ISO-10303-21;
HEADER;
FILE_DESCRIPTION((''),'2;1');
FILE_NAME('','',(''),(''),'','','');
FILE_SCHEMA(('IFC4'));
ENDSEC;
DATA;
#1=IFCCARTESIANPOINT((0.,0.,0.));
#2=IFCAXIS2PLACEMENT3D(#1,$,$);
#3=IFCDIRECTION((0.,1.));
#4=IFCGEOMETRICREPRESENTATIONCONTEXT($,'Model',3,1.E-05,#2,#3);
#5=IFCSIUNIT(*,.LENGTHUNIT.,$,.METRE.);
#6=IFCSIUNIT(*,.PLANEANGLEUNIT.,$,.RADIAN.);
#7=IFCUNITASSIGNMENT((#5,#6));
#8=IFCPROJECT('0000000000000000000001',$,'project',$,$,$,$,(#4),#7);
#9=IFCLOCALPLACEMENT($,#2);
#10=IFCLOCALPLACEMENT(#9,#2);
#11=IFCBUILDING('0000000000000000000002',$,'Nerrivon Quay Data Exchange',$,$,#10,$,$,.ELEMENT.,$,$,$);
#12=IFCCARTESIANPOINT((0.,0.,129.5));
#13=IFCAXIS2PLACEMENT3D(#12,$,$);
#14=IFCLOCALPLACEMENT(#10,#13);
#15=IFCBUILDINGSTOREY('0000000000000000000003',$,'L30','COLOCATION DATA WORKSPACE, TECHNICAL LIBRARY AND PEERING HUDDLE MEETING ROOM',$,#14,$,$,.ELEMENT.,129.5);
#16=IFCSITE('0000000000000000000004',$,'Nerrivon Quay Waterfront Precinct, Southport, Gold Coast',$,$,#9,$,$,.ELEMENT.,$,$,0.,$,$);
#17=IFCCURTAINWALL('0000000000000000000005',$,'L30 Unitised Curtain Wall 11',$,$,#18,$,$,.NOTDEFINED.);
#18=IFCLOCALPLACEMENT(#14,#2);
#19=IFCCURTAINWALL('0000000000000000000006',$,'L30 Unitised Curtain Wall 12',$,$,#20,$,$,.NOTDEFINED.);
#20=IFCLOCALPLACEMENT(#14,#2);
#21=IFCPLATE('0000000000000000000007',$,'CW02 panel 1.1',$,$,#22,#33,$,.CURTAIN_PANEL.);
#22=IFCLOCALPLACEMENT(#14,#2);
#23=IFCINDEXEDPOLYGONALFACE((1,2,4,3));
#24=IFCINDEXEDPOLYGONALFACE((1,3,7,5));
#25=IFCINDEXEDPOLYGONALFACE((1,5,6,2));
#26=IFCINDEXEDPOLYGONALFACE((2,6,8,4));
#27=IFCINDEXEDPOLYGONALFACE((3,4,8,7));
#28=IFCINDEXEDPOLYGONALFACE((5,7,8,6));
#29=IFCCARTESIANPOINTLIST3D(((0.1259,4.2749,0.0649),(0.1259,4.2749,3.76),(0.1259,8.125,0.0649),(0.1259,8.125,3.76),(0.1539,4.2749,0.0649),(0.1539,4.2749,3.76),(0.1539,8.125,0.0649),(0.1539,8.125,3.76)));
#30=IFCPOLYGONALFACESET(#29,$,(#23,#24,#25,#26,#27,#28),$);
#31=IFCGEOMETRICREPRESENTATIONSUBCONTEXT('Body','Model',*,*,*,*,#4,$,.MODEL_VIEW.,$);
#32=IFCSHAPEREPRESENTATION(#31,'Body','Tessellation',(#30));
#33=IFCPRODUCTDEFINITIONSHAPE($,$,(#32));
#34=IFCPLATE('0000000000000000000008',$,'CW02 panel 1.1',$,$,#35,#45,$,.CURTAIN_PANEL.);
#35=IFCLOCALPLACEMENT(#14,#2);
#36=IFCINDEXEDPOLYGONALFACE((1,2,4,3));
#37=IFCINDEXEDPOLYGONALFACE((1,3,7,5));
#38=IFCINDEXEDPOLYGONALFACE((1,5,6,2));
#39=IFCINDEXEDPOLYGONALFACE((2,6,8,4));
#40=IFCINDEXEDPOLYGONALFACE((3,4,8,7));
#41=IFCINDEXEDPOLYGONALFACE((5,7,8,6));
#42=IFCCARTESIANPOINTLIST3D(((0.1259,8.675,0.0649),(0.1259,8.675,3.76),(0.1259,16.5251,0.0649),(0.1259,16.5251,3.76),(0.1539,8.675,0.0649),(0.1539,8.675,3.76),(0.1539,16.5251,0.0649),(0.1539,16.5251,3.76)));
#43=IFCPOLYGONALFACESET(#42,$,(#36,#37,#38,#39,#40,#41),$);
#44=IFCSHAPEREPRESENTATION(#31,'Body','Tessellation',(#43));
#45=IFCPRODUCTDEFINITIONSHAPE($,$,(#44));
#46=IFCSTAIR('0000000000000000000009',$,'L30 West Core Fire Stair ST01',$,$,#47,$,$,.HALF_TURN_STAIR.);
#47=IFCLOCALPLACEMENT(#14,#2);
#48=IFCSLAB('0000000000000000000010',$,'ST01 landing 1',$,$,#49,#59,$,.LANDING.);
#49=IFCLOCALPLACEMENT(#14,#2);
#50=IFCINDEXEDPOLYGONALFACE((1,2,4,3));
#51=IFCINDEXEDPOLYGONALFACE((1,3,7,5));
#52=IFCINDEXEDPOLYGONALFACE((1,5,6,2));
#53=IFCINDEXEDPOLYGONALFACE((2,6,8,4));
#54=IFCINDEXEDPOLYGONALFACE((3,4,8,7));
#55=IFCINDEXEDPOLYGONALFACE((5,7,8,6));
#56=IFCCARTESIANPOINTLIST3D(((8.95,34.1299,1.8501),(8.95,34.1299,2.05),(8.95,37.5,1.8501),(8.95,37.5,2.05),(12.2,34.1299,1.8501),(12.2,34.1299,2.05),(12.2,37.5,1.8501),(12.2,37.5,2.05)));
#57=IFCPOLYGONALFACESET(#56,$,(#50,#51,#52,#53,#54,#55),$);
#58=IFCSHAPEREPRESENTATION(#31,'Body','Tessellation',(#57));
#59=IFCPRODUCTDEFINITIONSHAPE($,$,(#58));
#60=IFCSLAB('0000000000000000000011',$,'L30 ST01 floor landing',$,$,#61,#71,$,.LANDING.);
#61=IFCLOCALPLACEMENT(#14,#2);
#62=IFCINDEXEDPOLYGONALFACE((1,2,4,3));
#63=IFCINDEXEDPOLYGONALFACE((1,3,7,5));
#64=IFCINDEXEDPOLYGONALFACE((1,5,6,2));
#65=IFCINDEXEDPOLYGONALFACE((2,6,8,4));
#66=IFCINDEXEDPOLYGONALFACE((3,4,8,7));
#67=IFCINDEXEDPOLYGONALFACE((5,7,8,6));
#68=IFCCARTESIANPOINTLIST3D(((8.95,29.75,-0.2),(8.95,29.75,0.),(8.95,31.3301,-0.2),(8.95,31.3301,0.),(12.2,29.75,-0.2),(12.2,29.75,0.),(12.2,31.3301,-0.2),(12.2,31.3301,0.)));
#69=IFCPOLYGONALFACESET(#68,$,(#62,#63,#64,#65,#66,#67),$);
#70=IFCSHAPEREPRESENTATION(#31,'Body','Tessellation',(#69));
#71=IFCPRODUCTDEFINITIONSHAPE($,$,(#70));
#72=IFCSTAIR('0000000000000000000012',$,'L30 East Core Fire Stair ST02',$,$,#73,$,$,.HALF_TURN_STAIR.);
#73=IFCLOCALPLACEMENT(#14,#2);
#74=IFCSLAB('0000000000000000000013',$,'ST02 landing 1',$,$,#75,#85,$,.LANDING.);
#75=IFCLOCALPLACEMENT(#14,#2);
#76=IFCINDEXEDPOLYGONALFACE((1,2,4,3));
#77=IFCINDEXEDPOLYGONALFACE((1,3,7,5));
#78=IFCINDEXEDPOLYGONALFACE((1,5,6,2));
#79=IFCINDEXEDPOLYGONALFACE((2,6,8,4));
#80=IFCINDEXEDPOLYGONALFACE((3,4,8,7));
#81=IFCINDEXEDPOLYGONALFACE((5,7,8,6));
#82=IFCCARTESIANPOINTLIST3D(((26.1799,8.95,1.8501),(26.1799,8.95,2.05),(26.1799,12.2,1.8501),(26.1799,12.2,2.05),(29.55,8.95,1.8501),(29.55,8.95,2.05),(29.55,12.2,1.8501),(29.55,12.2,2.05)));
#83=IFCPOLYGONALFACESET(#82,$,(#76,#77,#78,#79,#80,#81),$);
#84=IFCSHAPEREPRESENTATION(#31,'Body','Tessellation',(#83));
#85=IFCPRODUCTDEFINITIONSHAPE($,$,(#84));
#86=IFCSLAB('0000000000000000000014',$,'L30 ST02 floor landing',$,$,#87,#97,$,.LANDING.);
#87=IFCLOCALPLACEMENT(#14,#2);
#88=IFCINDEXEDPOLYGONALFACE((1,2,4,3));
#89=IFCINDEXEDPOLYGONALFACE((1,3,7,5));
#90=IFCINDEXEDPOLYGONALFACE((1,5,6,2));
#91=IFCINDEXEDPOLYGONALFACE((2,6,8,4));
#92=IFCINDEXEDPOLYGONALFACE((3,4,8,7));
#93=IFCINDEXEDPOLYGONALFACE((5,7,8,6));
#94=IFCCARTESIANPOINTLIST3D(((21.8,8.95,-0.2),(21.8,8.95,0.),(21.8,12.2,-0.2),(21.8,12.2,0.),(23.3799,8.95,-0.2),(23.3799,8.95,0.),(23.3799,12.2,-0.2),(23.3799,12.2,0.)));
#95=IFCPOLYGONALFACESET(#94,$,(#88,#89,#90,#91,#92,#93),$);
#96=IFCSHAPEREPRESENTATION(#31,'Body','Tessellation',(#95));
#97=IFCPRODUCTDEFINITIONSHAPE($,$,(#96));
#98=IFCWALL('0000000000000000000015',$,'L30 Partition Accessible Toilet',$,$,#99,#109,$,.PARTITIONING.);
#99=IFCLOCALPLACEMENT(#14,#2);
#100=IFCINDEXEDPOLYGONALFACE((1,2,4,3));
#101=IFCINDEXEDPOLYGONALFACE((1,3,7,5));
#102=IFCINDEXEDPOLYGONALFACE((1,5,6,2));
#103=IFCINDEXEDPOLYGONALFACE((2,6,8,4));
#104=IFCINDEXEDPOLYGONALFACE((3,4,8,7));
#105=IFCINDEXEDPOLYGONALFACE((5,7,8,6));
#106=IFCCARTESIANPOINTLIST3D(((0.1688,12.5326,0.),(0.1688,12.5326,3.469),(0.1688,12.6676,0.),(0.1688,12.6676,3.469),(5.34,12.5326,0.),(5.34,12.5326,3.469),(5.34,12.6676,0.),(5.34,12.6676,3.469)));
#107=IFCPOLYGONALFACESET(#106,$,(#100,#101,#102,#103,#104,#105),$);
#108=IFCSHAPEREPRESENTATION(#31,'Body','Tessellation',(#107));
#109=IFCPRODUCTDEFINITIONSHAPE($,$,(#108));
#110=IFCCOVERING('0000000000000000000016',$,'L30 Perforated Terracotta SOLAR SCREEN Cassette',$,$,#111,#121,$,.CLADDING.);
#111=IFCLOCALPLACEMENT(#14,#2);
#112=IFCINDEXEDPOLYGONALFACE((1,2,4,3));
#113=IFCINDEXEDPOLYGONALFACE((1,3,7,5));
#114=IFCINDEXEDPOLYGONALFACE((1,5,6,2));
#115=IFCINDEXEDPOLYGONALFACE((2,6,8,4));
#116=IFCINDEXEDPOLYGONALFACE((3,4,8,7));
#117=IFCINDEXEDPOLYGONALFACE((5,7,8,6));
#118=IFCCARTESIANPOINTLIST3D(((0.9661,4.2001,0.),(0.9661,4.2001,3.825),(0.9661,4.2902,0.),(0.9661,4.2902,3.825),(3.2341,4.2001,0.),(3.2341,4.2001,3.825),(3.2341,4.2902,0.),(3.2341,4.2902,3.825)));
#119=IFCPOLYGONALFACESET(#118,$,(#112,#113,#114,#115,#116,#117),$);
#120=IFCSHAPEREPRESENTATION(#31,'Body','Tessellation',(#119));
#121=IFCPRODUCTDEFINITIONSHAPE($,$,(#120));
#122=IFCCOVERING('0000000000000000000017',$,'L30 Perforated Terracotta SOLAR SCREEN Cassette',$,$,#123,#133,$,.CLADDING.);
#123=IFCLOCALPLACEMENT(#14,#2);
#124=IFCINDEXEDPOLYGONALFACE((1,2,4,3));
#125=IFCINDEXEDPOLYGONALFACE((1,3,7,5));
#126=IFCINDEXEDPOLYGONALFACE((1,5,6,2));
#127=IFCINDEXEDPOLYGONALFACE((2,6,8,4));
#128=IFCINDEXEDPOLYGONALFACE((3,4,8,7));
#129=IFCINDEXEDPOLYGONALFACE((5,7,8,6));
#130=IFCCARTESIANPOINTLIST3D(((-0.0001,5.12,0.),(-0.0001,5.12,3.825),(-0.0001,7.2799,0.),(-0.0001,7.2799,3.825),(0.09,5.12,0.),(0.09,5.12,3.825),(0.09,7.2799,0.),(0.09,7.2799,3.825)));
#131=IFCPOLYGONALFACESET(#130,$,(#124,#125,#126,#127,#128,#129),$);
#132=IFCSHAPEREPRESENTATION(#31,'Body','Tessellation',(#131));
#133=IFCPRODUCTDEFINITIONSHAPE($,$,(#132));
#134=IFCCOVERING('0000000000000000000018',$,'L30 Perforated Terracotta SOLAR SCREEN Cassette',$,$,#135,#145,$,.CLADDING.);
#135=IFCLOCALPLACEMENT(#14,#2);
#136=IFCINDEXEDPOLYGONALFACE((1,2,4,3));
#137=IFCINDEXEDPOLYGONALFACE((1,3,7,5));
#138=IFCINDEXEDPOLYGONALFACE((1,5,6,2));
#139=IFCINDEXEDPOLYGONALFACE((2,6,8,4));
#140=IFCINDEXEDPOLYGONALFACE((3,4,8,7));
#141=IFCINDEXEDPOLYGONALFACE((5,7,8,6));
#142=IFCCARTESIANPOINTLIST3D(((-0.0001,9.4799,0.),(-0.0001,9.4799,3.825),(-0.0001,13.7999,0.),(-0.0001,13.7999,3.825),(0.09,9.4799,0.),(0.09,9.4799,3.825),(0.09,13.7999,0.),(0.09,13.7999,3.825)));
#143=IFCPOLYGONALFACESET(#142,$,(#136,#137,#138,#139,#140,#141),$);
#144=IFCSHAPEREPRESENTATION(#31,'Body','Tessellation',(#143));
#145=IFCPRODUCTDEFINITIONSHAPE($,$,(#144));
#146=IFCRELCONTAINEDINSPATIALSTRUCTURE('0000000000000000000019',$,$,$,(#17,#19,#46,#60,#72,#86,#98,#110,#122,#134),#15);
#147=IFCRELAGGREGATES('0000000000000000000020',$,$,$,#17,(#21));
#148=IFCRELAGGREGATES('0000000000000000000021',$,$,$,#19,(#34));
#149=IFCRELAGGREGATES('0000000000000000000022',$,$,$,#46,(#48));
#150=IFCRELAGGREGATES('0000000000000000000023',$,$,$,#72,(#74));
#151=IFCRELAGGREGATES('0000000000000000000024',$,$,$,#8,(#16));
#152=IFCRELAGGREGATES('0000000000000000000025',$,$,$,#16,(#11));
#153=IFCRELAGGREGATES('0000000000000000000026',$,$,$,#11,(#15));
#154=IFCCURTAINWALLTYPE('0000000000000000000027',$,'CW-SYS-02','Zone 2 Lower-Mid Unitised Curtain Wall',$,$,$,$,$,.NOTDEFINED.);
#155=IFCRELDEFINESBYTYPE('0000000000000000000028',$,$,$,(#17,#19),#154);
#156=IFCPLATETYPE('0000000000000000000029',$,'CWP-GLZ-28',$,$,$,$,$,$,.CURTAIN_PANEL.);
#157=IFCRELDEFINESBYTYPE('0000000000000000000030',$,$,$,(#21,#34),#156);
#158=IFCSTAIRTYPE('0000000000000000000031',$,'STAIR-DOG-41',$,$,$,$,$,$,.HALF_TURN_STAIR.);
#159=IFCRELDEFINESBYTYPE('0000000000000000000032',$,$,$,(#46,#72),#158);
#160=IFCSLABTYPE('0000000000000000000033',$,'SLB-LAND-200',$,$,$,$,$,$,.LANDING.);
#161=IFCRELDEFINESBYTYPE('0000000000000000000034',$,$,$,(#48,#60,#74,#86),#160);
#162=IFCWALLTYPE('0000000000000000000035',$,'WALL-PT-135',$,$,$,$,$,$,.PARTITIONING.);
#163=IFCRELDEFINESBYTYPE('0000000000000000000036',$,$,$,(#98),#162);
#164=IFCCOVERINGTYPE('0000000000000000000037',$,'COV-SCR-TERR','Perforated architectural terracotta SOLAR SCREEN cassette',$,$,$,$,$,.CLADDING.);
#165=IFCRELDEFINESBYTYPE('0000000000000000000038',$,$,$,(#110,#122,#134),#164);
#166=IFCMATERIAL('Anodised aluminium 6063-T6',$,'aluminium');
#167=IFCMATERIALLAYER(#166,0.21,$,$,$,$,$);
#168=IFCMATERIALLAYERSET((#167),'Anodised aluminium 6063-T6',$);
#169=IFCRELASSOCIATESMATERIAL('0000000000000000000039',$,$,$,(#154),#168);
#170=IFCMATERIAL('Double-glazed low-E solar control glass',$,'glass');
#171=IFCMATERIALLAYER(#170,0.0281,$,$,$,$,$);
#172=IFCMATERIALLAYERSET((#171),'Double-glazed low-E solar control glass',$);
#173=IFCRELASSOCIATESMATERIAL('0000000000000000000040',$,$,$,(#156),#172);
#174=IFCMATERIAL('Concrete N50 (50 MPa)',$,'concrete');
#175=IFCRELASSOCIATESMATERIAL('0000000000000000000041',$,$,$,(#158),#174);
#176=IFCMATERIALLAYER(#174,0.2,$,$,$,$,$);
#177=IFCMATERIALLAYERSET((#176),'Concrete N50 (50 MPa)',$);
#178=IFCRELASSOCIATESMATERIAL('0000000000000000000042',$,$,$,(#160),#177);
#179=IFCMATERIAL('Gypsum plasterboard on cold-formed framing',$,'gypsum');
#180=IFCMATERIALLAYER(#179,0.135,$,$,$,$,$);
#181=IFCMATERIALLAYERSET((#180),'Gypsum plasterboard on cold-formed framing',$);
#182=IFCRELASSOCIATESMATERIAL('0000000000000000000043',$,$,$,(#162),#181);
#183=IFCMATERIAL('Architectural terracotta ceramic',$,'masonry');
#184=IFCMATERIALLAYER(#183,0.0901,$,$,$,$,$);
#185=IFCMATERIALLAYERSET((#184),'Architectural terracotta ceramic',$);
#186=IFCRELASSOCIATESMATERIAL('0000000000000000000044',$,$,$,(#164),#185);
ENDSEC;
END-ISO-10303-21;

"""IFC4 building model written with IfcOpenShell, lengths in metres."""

from ifc_helpers import new_model, si_unit, direction, frame, frame_2d, origin, origin_2d, place, context, subcontext, project, spatial, polyline, rectangle, outline, extrude, material, layer, layer_set, type_object, element, aggregate, save


model = new_model("IFC4")

# Units and contexts
model_context = context("Model", 3, precision=1e-05, world=origin(), true_north=direction((0.0, 1.0)))
body_context = subcontext(model_context, "Body", "Model", "MODEL_VIEW")
ifc_project = project(units=[si_unit("LENGTHUNIT", "METRE"), si_unit("PLANEANGLEUNIT", "RADIAN")], contexts=[model_context])

# Site, building, storey
site_placement = place(None, origin())
site = spatial("IfcSite", under=ifc_project, at=site_placement, Name="Nerrivon Quay Waterfront Precinct, Southport, Gold Coast", CompositionType="ELEMENT", RefElevation=0.0)
building_placement = place(site_placement, origin())
building = spatial("IfcBuilding", under=site, at=building_placement, Name="Nerrivon Quay Data Exchange", CompositionType="ELEMENT")
storey_placement = place(building_placement, frame((0.0, 0.0, 129.5)))
storey = spatial("IfcBuildingStorey", under=building, at=storey_placement, Name="L30", Description="COLOCATION DATA WORKSPACE, TECHNICAL LIBRARY AND PEERING HUDDLE MEETING ROOM", CompositionType="ELEMENT", Elevation=129.5)

# Shared definitions
ifc_material_1 = material(Name="Anodised aluminium 6063-T6", Category="aluminium")
ifc_layer_1 = layer(ifc_material_1, 0.21)
ifc_layer_set_1 = layer_set([ifc_layer_1], Name="Anodised aluminium 6063-T6")
curtain_wall_type = type_object("IfcCurtainWallType", Name="CW-SYS-02", Description="Zone 2 Lower-Mid Unitised Curtain Wall", PredefinedType="NOTDEFINED", material=ifc_layer_set_1)

# Curtain walls
curtain_wall_1_placement = place(storey_placement, origin())
curtain_wall_1 = element("IfcCurtainWall", 1, at=curtain_wall_1_placement, inside=storey, type_object=curtain_wall_type, Name="L30 Unitised Curtain Wall 11", PredefinedType="NOTDEFINED")
curtain_wall_2_placement = place(storey_placement, origin())
curtain_wall_2 = element("IfcCurtainWall", 2, at=curtain_wall_2_placement, inside=storey, type_object=curtain_wall_type, Name="L30 Unitised Curtain Wall 12", PredefinedType="NOTDEFINED")

# Plates
ifc_material_2 = material(Name="Double-glazed low-E solar control glass", Category="glass")
ifc_layer_2 = layer(ifc_material_2, 0.0281)
ifc_layer_set_2 = layer_set([ifc_layer_2], Name="Double-glazed low-E solar control glass")
plate_type = type_object("IfcPlateType", Name="CWP-GLZ-28", PredefinedType="CURTAIN_PANEL", material=ifc_layer_set_2)
plate_1_placement = place(storey_placement, frame((0.1399, 6.2, 0.0649), z_axis=(0.0, 0.0, 1.0), x_axis=(0.0, 1.0, 0.0)))
plate_1 = element("IfcPlate", 3, at=plate_1_placement, type_object=plate_type, Name="CW02 panel 1.1", PredefinedType="CURTAIN_PANEL", context=body_context, shape_type="SweptSolid", body=[
    extrude(rectangle(XDim=3.8501, YDim=0.0281, at=origin_2d()), origin(), (0.0, 0.0, 1.0), 3.6951),
])
aggregate(curtain_wall_1, [plate_1])
plate_2_placement = place(storey_placement, frame((0.1399, 12.6001, 0.0649), z_axis=(0.0, 0.0, 1.0), x_axis=(0.0, 1.0, 0.0)))
plate_2 = element("IfcPlate", 4, at=plate_2_placement, type_object=plate_type, Name="CW02 panel 1.1", PredefinedType="CURTAIN_PANEL", context=body_context, shape_type="SweptSolid", body=[
    extrude(rectangle(XDim=7.8501, YDim=0.0281, at=origin_2d()), origin(), (0.0, 0.0, 1.0), 3.6951),
])
aggregate(curtain_wall_2, [plate_2])

# Stair, slab
ifc_material_3 = material(Name="Concrete N50 (50 MPa)", Category="concrete")
stair_type = type_object("IfcStairType", Name="STAIR-DOG-41", PredefinedType="HALF_TURN_STAIR", material=ifc_material_3)
stair_1_placement = place(storey_placement, origin())
stair_1 = element("IfcStair", 5, at=stair_1_placement, inside=storey, type_object=stair_type, Name="L30 West Core Fire Stair ST01", PredefinedType="HALF_TURN_STAIR")
ifc_layer_3 = layer(ifc_material_3, 0.2)
ifc_layer_set_3 = layer_set([ifc_layer_3], Name="Concrete N50 (50 MPa)")
slab_type = type_object("IfcSlabType", Name="SLB-LAND-200", PredefinedType="LANDING", material=ifc_layer_set_3)
slab_1_placement = place(storey_placement, frame((0.0, 0.0, 1.8501)))
slab_1 = element("IfcSlab", 6, at=slab_1_placement, type_object=slab_type, Name="ST01 landing 1", PredefinedType="LANDING", context=body_context, shape_type="SweptSolid", body=[
    extrude(outline(polyline([(12.2, 34.1299), (12.2, 37.5), (8.95, 37.5), (8.95, 34.1299), (12.2, 34.1299)])), origin(), (0.0, 0.0, 1.0), 0.2),
])
aggregate(stair_1, [slab_1])

# Slab
slab_2_placement = place(storey_placement, frame((0.0, 0.0, -0.2)))
element("IfcSlab", 7, at=slab_2_placement, inside=storey, type_object=slab_type, Name="L30 ST01 floor landing", PredefinedType="LANDING", context=body_context, shape_type="SweptSolid", body=[
    extrude(outline(polyline([(12.2, 29.75), (12.2, 31.3301), (8.95, 31.3301), (8.95, 29.75), (12.2, 29.75)])), origin(), (0.0, 0.0, 1.0), 0.2),
])

# Stair, slab
stair_2_placement = place(storey_placement, origin())
stair_2 = element("IfcStair", 8, at=stair_2_placement, inside=storey, type_object=stair_type, Name="L30 East Core Fire Stair ST02", PredefinedType="HALF_TURN_STAIR")
slab_3_placement = place(storey_placement, frame((0.0, 0.0, 1.8501)))
slab_3 = element("IfcSlab", 9, at=slab_3_placement, type_object=slab_type, Name="ST02 landing 1", PredefinedType="LANDING", context=body_context, shape_type="SweptSolid", body=[
    extrude(outline(polyline([(26.1799, 8.95), (29.55, 8.95), (29.55, 12.2), (26.1799, 12.2), (26.1799, 8.95)])), origin(), (0.0, 0.0, 1.0), 0.2),
])
aggregate(stair_2, [slab_3])

# Slab
slab_4_placement = place(storey_placement, frame((0.0, 0.0, -0.2)))
element("IfcSlab", 10, at=slab_4_placement, inside=storey, type_object=slab_type, Name="L30 ST02 floor landing", PredefinedType="LANDING", context=body_context, shape_type="SweptSolid", body=[
    extrude(outline(polyline([(21.8, 8.95), (23.3799, 8.95), (23.3799, 12.2), (21.8, 12.2), (21.8, 8.95)])), origin(), (0.0, 0.0, 1.0), 0.2),
])

# Wall
ifc_material_4 = material(Name="Gypsum plasterboard on cold-formed framing", Category="gypsum")
ifc_layer_4 = layer(ifc_material_4, 0.135)
ifc_layer_set_4 = layer_set([ifc_layer_4], Name="Gypsum plasterboard on cold-formed framing")
wall_type = type_object("IfcWallType", Name="WALL-PT-135", PredefinedType="PARTITIONING", material=ifc_layer_set_4)
wall_placement = place(storey_placement, frame((0.1689, 12.6001, 0.0), z_axis=(0.0, 0.0, 1.0), x_axis=(1.0, 0.0, 0.0)))
element("IfcWall", 11, at=wall_placement, inside=storey, type_object=wall_type, Name="L30 Partition Accessible Toilet", PredefinedType="PARTITIONING", context=body_context, shape_type="SweptSolid", body=[
    extrude(rectangle(XDim=5.1711, YDim=0.135, at=frame_2d((2.5854, 0.0))), origin(), (0.0, 0.0, 1.0), 3.469),
])

# Coverings
ifc_material_5 = material(Name="Architectural terracotta ceramic", Category="masonry")
ifc_layer_5 = layer(ifc_material_5, 0.0901)
ifc_layer_set_5 = layer_set([ifc_layer_5], Name="Architectural terracotta ceramic")
covering_type = type_object("IfcCoveringType", Name="COV-SCR-TERR", Description="Perforated architectural terracotta SOLAR SCREEN cassette", PredefinedType="CLADDING", material=ifc_layer_set_5)
covering_1_placement = place(storey_placement, frame((2.1001, 4.2451, 0.0), z_axis=(0.0, 0.0, 1.0), x_axis=(-1.0, 0.0, 0.0)))
element("IfcCovering", 12, at=covering_1_placement, inside=storey, type_object=covering_type, Name="L30 Perforated Terracotta SOLAR SCREEN Cassette", PredefinedType="CLADDING", context=body_context, shape_type="SweptSolid", body=[
    extrude(rectangle(XDim=2.2681, YDim=0.0901, at=origin_2d()), origin(), (0.0, 0.0, 1.0), 3.825),
])
covering_2_placement = place(storey_placement, frame((0.0449, 6.2, 0.0), z_axis=(0.0, 0.0, 1.0), x_axis=(0.0, 1.0, 0.0)))
element("IfcCovering", 13, at=covering_2_placement, inside=storey, type_object=covering_type, Name="L30 Perforated Terracotta SOLAR SCREEN Cassette", PredefinedType="CLADDING", context=body_context, shape_type="SweptSolid", body=[
    extrude(rectangle(XDim=2.1599, YDim=0.0901, at=origin_2d()), origin(), (0.0, 0.0, 1.0), 3.825),
])
covering_3_placement = place(storey_placement, frame((0.0449, 11.6399, 0.0), z_axis=(0.0, 0.0, 1.0), x_axis=(0.0, 1.0, 0.0)))
element("IfcCovering", 14, at=covering_3_placement, inside=storey, type_object=covering_type, Name="L30 Perforated Terracotta SOLAR SCREEN Cassette", PredefinedType="CLADDING", context=body_context, shape_type="SweptSolid", body=[
    extrude(rectangle(XDim=4.3201, YDim=0.0901, at=origin_2d()), origin(), (0.0, 0.0, 1.0), 3.825),
])

save(model, "model.ifc")
